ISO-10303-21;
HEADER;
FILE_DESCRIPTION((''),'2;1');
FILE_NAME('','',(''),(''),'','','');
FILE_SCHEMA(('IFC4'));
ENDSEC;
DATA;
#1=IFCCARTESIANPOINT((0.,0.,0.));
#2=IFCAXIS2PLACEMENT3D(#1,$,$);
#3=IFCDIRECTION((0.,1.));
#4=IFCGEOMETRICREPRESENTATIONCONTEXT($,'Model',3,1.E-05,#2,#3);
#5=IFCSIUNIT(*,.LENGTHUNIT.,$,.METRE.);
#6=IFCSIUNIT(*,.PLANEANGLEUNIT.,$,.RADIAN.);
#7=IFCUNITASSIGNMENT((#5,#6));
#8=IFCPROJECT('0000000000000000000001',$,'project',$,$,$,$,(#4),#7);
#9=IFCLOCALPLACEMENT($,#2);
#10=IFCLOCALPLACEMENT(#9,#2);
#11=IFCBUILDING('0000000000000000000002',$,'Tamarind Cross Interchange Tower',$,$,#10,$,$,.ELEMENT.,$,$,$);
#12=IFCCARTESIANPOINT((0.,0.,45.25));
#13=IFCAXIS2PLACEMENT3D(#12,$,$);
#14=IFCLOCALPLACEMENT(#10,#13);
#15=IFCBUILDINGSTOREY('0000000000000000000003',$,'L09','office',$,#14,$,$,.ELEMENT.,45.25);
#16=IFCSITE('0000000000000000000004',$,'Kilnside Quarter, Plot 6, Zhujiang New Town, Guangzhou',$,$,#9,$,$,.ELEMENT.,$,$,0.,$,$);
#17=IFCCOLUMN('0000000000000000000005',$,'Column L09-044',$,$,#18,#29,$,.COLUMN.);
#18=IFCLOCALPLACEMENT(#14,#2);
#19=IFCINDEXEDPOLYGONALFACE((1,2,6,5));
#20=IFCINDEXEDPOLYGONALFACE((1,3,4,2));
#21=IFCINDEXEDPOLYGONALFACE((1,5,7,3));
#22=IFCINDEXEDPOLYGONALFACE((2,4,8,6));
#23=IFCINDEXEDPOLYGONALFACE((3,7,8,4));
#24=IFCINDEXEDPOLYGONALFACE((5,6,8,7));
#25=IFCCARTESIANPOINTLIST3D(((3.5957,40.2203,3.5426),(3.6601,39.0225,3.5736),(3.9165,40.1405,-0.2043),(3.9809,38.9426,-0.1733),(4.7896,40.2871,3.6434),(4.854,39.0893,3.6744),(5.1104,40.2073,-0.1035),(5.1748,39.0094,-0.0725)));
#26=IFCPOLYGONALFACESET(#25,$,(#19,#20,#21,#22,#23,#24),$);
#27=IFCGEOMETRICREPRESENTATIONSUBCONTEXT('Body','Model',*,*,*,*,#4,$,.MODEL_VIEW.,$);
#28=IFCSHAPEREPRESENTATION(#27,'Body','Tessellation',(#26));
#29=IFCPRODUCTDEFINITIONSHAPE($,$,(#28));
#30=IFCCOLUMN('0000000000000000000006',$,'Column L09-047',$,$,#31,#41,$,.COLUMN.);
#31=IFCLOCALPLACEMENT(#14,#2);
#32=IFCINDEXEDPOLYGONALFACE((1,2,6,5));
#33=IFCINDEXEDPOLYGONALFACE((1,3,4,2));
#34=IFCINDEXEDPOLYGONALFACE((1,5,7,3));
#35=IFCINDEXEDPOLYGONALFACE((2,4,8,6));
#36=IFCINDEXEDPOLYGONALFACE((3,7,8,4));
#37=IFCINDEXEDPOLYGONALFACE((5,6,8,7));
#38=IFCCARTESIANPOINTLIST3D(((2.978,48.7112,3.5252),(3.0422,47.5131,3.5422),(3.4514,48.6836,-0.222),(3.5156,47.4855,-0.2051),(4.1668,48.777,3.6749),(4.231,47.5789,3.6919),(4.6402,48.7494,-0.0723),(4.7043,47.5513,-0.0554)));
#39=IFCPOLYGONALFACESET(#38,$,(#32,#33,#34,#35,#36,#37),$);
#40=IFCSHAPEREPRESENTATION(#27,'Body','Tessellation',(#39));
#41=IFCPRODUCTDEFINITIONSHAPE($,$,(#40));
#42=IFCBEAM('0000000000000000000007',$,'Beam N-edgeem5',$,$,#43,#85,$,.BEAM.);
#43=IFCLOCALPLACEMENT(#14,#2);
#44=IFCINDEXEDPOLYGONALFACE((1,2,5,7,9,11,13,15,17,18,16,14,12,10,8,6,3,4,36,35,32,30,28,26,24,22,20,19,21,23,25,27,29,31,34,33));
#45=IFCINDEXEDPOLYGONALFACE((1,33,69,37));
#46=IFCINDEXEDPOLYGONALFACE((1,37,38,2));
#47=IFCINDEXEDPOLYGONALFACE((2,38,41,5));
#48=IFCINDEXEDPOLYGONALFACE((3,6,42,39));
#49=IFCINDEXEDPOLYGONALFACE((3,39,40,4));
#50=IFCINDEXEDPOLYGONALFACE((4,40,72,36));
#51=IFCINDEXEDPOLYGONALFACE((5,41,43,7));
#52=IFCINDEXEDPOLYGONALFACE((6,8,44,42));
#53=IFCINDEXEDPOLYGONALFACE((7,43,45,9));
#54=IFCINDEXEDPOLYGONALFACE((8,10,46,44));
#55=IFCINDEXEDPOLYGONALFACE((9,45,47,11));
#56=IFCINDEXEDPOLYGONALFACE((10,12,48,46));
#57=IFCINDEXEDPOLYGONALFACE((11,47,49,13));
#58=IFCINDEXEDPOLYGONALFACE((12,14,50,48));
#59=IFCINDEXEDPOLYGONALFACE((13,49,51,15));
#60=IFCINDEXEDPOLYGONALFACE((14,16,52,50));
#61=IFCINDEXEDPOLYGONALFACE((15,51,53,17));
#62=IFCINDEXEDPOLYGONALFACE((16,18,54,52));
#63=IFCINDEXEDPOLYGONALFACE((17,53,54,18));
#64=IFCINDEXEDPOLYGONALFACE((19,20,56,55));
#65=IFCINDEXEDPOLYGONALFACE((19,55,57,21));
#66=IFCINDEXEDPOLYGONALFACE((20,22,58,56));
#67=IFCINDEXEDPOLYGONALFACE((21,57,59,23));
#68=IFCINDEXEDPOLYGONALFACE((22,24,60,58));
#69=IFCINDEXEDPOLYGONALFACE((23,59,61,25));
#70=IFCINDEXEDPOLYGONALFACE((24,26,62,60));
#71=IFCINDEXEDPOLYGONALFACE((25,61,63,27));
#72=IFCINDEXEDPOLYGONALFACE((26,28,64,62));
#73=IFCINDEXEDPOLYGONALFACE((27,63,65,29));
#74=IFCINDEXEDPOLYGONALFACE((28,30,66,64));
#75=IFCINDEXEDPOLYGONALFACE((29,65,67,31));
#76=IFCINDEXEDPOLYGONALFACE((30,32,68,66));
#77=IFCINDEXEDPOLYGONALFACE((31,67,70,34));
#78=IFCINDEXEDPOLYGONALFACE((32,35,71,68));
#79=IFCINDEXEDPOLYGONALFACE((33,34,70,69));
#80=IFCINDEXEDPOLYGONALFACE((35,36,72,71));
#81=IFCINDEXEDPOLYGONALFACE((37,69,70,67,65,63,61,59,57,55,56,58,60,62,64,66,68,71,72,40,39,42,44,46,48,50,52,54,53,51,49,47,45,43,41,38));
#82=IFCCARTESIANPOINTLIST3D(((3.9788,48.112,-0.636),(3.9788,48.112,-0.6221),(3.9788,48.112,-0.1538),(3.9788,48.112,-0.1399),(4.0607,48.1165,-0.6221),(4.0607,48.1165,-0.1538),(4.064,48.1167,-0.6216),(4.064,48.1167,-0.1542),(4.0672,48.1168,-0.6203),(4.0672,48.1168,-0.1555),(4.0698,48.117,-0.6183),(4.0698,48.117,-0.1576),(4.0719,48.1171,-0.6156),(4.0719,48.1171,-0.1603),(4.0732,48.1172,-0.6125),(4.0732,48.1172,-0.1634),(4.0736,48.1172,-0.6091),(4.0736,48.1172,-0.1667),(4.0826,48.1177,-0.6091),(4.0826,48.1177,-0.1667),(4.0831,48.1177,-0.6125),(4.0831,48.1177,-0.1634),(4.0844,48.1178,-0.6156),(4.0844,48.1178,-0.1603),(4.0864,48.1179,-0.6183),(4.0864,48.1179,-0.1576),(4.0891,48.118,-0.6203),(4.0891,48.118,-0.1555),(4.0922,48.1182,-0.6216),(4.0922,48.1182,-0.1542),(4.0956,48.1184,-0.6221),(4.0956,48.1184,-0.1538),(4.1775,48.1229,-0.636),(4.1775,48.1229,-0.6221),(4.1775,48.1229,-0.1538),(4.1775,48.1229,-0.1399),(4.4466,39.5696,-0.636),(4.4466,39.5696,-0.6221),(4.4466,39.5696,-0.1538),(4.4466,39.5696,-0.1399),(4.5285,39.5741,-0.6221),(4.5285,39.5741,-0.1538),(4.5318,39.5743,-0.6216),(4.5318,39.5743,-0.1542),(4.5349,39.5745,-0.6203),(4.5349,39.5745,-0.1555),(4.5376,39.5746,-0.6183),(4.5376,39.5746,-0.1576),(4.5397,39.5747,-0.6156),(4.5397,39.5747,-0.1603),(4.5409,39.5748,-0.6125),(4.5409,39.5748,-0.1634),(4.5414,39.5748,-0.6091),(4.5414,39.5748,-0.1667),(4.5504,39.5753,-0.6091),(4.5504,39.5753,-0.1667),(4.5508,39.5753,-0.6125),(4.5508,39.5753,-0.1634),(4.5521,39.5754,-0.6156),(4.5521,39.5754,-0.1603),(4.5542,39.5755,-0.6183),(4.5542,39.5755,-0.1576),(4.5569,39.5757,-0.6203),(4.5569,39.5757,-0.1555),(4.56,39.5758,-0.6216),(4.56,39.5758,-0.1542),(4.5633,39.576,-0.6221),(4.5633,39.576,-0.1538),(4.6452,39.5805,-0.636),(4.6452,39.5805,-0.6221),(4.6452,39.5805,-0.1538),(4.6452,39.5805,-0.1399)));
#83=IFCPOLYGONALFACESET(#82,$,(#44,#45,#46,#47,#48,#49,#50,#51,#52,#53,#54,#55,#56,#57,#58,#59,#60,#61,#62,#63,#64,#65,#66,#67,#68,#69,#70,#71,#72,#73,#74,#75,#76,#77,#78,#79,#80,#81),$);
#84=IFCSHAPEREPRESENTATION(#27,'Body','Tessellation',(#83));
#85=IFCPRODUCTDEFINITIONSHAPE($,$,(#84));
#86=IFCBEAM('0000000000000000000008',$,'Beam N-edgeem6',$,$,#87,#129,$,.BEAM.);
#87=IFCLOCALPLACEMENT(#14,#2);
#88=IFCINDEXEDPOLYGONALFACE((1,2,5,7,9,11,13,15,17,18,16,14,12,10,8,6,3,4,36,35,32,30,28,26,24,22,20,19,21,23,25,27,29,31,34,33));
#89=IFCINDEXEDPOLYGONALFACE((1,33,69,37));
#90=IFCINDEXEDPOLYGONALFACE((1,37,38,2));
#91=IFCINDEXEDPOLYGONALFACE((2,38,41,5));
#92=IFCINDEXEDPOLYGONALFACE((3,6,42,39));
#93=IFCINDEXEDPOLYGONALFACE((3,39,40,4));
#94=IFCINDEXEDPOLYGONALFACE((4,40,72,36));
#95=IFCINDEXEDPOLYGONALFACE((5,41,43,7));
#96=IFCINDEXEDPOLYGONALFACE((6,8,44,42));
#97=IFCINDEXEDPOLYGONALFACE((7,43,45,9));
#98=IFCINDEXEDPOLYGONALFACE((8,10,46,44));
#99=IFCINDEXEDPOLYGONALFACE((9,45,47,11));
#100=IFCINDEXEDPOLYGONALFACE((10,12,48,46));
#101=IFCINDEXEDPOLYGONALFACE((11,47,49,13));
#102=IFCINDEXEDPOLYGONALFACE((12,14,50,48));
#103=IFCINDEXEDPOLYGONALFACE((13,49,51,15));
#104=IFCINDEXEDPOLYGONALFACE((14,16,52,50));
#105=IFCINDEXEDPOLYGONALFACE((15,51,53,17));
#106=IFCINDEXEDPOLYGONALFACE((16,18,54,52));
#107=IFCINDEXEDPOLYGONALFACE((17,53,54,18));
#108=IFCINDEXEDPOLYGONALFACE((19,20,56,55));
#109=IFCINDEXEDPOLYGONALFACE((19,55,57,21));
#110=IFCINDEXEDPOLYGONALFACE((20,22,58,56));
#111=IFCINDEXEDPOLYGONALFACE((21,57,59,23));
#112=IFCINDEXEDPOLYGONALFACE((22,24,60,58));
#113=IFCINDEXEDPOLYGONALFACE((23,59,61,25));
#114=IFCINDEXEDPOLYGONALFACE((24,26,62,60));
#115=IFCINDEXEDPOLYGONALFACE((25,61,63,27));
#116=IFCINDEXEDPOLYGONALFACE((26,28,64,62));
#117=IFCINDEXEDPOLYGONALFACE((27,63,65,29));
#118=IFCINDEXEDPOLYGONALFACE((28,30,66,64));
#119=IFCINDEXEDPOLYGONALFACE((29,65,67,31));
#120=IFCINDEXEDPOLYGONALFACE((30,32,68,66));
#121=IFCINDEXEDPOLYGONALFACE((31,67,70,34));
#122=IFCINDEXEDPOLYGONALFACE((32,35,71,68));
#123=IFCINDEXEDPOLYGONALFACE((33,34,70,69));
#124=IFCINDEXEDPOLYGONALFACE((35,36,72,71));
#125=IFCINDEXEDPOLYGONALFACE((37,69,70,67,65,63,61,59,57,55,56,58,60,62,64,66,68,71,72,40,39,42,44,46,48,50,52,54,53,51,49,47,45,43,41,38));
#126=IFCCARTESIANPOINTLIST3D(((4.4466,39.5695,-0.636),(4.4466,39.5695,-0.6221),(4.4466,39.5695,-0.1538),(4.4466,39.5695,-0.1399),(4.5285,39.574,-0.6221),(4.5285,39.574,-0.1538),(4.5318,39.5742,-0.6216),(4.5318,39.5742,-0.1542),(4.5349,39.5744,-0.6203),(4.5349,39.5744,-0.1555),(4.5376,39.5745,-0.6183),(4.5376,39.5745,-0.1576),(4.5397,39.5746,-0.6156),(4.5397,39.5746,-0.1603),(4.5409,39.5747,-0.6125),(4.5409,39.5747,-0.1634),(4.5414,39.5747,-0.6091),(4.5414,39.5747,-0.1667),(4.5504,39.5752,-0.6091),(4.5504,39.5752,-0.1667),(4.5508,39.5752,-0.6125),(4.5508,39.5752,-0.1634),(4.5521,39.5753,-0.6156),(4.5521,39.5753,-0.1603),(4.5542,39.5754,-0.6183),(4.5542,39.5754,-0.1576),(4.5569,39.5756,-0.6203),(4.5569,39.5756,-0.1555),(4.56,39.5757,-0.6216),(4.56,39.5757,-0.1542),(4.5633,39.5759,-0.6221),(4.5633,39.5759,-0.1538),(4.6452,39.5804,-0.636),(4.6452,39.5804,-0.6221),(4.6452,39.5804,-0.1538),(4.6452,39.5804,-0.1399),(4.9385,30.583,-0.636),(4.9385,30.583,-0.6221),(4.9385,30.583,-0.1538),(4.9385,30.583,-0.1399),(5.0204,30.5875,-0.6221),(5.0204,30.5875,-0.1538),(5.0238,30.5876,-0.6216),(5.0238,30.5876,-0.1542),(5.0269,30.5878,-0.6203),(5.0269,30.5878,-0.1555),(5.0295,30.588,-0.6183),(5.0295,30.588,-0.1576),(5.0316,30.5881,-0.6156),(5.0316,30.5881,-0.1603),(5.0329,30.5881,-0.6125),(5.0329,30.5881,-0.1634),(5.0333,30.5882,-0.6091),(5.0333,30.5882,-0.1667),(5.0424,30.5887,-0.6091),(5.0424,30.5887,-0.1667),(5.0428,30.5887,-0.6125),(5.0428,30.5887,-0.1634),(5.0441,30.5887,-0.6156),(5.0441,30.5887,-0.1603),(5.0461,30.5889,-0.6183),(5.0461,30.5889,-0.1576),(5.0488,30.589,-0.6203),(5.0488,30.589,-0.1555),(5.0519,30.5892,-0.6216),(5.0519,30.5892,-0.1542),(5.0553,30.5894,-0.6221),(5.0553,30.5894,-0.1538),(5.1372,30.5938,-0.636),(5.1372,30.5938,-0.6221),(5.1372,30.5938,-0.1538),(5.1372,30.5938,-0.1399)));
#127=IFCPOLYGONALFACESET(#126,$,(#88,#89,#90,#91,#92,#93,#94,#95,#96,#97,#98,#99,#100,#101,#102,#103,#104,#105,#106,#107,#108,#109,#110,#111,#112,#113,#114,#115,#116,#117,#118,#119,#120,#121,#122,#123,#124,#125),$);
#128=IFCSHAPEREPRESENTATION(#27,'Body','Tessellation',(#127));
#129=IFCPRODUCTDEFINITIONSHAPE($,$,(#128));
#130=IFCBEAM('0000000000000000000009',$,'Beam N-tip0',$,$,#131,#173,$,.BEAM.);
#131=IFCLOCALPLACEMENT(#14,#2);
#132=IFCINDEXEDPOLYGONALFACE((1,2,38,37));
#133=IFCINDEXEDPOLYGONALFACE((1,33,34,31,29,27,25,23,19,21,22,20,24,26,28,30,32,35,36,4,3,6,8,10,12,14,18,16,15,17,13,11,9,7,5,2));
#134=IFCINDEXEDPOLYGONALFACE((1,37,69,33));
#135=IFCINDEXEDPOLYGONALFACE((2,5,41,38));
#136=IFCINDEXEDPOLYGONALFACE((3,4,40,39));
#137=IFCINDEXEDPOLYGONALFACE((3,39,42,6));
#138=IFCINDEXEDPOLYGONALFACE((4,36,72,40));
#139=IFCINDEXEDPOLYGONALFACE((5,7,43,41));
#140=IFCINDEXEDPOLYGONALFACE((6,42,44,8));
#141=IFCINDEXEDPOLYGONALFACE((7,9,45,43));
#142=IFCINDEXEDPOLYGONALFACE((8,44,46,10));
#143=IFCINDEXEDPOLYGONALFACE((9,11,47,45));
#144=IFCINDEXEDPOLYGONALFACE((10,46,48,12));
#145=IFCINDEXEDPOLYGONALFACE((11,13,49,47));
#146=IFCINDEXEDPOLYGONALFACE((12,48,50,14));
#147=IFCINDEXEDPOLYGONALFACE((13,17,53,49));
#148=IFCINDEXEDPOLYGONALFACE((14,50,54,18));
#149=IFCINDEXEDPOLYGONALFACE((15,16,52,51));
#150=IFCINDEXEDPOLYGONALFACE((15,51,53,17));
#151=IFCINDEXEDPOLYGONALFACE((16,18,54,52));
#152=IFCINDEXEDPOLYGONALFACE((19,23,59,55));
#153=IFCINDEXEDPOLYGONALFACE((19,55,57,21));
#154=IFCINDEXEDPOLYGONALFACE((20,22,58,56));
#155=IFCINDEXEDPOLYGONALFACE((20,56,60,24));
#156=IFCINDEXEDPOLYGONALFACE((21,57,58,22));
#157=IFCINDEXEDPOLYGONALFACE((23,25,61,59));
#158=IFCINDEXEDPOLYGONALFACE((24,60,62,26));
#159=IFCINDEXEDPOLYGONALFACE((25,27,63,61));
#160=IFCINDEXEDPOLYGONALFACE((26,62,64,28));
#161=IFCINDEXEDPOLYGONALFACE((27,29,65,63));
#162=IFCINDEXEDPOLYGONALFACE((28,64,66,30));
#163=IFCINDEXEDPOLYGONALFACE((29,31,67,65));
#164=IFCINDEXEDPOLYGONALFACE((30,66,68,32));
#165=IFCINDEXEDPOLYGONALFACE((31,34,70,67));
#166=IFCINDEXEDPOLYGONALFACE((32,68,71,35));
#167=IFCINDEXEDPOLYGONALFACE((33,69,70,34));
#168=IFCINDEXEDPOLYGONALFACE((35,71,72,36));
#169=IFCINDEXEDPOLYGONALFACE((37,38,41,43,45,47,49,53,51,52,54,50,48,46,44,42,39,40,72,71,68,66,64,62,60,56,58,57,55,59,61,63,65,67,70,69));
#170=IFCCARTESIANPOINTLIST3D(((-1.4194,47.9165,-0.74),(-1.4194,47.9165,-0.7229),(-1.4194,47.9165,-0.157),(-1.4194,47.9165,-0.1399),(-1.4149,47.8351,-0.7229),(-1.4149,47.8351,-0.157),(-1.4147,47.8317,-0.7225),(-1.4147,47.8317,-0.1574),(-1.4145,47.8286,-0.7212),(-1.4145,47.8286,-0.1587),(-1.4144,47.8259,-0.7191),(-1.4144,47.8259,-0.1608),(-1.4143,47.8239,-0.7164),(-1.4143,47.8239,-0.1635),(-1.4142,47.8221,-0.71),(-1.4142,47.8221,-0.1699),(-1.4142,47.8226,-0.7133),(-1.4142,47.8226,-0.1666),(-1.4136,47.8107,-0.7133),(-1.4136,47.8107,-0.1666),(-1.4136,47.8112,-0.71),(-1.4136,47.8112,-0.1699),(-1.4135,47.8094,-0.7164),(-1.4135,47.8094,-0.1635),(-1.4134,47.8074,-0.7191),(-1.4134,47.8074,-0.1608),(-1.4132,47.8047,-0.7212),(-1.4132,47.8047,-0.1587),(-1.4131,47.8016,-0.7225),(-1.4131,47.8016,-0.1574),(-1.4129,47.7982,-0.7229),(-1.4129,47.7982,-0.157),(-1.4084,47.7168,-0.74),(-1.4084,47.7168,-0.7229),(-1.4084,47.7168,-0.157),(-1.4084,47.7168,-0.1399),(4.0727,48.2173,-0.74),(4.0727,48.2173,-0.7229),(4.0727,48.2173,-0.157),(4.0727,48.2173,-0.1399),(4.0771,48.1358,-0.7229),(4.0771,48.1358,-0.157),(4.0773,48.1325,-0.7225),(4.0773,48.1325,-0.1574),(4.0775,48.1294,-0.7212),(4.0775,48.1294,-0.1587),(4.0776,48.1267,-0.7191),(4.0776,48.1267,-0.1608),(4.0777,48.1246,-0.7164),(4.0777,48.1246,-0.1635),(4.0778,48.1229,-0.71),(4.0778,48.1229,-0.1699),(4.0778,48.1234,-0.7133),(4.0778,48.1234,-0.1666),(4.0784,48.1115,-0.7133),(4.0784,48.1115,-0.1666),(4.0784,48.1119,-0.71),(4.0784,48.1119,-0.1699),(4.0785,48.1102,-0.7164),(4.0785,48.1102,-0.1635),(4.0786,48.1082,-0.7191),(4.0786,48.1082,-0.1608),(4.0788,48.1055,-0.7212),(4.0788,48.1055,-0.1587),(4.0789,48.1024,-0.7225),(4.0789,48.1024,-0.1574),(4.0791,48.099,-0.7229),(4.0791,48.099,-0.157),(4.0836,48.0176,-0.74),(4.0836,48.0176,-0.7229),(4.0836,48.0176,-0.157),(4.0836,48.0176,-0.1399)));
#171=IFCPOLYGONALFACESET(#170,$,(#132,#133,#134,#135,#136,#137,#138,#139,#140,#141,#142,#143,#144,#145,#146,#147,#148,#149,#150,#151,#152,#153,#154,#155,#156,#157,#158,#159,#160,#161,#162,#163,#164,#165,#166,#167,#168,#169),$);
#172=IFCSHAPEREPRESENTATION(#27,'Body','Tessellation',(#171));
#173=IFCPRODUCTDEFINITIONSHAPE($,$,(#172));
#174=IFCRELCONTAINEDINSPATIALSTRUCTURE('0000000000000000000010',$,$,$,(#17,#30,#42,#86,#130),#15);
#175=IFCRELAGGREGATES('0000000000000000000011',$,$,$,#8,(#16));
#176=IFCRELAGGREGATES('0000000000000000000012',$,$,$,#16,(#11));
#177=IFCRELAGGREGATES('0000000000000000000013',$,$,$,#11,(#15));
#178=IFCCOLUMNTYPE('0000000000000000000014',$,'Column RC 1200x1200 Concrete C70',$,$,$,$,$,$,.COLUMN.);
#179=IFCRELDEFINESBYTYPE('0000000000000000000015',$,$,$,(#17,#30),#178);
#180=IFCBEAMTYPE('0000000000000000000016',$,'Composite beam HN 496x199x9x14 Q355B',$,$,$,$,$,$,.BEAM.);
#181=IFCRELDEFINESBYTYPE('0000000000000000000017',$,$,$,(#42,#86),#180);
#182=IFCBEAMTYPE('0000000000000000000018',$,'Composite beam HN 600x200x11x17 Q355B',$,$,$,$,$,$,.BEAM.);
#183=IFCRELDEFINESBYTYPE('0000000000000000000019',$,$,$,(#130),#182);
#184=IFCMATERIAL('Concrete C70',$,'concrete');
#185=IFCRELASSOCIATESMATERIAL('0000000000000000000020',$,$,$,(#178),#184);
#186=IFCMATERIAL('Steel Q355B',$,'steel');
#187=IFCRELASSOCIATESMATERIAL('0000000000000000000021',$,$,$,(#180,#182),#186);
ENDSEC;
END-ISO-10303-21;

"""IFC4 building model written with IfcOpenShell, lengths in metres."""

from ifc_helpers import new_model, si_unit, direction, frame, origin, origin_2d, place, context, subcontext, project, spatial, rectangle, i_section, extrude, material, material_profile, profile_set, type_object, element, save


model = new_model("IFC4")

# Units and contexts
model_context = context("Model", 3, precision=1e-05, world=origin(), true_north=direction((0.0, 1.0)))
body_context = subcontext(model_context, "Body", "Model", "MODEL_VIEW")
ifc_project = project(units=[si_unit("LENGTHUNIT", "METRE"), si_unit("PLANEANGLEUNIT", "RADIAN")], contexts=[model_context])

# Site, building, storey
site_placement = place(None, origin())
site = spatial("IfcSite", under=ifc_project, at=site_placement, Name="Kilnside Quarter, Plot 6, Zhujiang New Town, Guangzhou", CompositionType="ELEMENT", RefElevation=0.0)
building_placement = place(site_placement, origin())
building = spatial("IfcBuilding", under=site, at=building_placement, Name="Tamarind Cross Interchange Tower", CompositionType="ELEMENT")
storey_placement = place(building_placement, frame((0.0, 0.0, 45.25)))
storey = spatial("IfcBuildingStorey", under=building, at=storey_placement, Name="L09", Description="office", CompositionType="ELEMENT", Elevation=45.25)

# Columns
ifc_material_1 = material(Name="Concrete C70", Category="concrete")
ifc_material_profile_1 = material_profile(ifc_material_1, rectangle(XDim=1.2, YDim=1.2, at=origin_2d()), Name="RC 1200x1200")
ifc_profile_set_1 = profile_set([ifc_material_profile_1], Name="Concrete C70")
column_type = type_object("IfcColumnType", Name="Column RC 1200x1200 Concrete C70", PredefinedType="COLUMN", material=ifc_profile_set_1)
column_1_placement = place(storey_placement, frame((4.5457, 39.575, -0.1384), z_axis=(-0.085288, 0.021225, 0.99613), x_axis=(0.05366, -0.998224, 0.025864)))
element("IfcColumn", 1, at=column_1_placement, inside=storey, type_object=column_type, Name="Column L09-044", PredefinedType="COLUMN", context=body_context, shape_type="SweptSolid", body=[
    extrude(rectangle(XDim=1.2, YDim=1.2, at=origin_2d()), origin(), (0.0, 0.0, 1.0), 3.7615),
])
column_2_placement = place(storey_placement, frame((4.0779, 48.1174, -0.1387), z_axis=(-0.125328, 0.007304, 0.992088), x_axis=(0.053476, -0.998469, 0.014106)))
element("IfcColumn", 2, at=column_2_placement, inside=storey, type_object=column_type, Name="Column L09-047", PredefinedType="COLUMN", context=body_context, shape_type="SweptSolid", body=[
    extrude(rectangle(XDim=1.2, YDim=1.2, at=origin_2d()), origin(), (0.0, 0.0, 1.0), 3.7771),
])

# Beams
ifc_material_2 = material(Name="Steel Q355B", Category="steel")
ifc_material_profile_2 = material_profile(ifc_material_2, i_section(OverallWidth=0.199, OverallDepth=0.4961, WebThickness=0.009, FlangeThickness=0.0139, FilletRadius=0.0129, at=origin_2d()), Name="HN 496x199x9x14")
ifc_profile_set_2 = profile_set([ifc_material_profile_2], Name="Steel Q355B")
beam_type_1 = type_object("IfcBeamType", Name="Composite beam HN 496x199x9x14 Q355B", PredefinedType="BEAM", material=ifc_profile_set_2)
beam_1_placement = place(storey_placement, frame((4.0781, 48.1174, -0.3879), z_axis=(0.054677, -0.998504, 0.0), x_axis=(0.998504, 0.054677, 0.0)))
element("IfcBeam", 3, at=beam_1_placement, inside=storey, type_object=beam_type_1, Name="Beam N-edgeem5", PredefinedType="BEAM", context=body_context, shape_type="SweptSolid", body=[
    extrude(i_section(OverallWidth=0.199, OverallDepth=0.4961, WebThickness=0.009, FlangeThickness=0.0139, FilletRadius=0.0129, at=origin_2d()), origin(), (0.0, 0.0, 1.0), 8.5552),
])
beam_2_placement = place(storey_placement, frame((4.5459, 39.575, -0.3879), z_axis=(0.05466, -0.998505, 0.0), x_axis=(0.998505, 0.05466, 0.0)))
element("IfcBeam", 4, at=beam_2_placement, inside=storey, type_object=beam_type_1, Name="Beam N-edgeem6", PredefinedType="BEAM", context=body_context, shape_type="SweptSolid", body=[
    extrude(i_section(OverallWidth=0.199, OverallDepth=0.4961, WebThickness=0.009, FlangeThickness=0.0139, FilletRadius=0.0129, at=origin_2d()), origin(), (0.0, 0.0, 1.0), 9.0),
])
ifc_material_profile_3 = material_profile(ifc_material_2, i_section(OverallWidth=0.2, OverallDepth=0.6001, WebThickness=0.011, FlangeThickness=0.0171, FilletRadius=0.0129, at=origin_2d()), Name="HN 600x200x11x17")
ifc_profile_set_3 = profile_set([ifc_material_profile_3], Name="Steel Q355B")
beam_type_2 = type_object("IfcBeamType", Name="Composite beam HN 600x200x11x17 Q355B", PredefinedType="BEAM", material=ifc_profile_set_3)
beam_3_placement = place(storey_placement, frame((4.0781, 48.1174, -0.4399), z_axis=(-0.998504, -0.054686, 0.0), x_axis=(0.054686, -0.998504, 0.0)))
element("IfcBeam", 5, at=beam_3_placement, inside=storey, type_object=beam_type_2, Name="Beam N-tip0", PredefinedType="BEAM", context=body_context, shape_type="SweptSolid", body=[
    extrude(i_section(OverallWidth=0.2, OverallDepth=0.6001, WebThickness=0.011, FlangeThickness=0.0171, FilletRadius=0.0129, at=origin_2d()), origin(), (0.0, 0.0, 1.0), 5.5002),
])

save(model, "model.ifc")
